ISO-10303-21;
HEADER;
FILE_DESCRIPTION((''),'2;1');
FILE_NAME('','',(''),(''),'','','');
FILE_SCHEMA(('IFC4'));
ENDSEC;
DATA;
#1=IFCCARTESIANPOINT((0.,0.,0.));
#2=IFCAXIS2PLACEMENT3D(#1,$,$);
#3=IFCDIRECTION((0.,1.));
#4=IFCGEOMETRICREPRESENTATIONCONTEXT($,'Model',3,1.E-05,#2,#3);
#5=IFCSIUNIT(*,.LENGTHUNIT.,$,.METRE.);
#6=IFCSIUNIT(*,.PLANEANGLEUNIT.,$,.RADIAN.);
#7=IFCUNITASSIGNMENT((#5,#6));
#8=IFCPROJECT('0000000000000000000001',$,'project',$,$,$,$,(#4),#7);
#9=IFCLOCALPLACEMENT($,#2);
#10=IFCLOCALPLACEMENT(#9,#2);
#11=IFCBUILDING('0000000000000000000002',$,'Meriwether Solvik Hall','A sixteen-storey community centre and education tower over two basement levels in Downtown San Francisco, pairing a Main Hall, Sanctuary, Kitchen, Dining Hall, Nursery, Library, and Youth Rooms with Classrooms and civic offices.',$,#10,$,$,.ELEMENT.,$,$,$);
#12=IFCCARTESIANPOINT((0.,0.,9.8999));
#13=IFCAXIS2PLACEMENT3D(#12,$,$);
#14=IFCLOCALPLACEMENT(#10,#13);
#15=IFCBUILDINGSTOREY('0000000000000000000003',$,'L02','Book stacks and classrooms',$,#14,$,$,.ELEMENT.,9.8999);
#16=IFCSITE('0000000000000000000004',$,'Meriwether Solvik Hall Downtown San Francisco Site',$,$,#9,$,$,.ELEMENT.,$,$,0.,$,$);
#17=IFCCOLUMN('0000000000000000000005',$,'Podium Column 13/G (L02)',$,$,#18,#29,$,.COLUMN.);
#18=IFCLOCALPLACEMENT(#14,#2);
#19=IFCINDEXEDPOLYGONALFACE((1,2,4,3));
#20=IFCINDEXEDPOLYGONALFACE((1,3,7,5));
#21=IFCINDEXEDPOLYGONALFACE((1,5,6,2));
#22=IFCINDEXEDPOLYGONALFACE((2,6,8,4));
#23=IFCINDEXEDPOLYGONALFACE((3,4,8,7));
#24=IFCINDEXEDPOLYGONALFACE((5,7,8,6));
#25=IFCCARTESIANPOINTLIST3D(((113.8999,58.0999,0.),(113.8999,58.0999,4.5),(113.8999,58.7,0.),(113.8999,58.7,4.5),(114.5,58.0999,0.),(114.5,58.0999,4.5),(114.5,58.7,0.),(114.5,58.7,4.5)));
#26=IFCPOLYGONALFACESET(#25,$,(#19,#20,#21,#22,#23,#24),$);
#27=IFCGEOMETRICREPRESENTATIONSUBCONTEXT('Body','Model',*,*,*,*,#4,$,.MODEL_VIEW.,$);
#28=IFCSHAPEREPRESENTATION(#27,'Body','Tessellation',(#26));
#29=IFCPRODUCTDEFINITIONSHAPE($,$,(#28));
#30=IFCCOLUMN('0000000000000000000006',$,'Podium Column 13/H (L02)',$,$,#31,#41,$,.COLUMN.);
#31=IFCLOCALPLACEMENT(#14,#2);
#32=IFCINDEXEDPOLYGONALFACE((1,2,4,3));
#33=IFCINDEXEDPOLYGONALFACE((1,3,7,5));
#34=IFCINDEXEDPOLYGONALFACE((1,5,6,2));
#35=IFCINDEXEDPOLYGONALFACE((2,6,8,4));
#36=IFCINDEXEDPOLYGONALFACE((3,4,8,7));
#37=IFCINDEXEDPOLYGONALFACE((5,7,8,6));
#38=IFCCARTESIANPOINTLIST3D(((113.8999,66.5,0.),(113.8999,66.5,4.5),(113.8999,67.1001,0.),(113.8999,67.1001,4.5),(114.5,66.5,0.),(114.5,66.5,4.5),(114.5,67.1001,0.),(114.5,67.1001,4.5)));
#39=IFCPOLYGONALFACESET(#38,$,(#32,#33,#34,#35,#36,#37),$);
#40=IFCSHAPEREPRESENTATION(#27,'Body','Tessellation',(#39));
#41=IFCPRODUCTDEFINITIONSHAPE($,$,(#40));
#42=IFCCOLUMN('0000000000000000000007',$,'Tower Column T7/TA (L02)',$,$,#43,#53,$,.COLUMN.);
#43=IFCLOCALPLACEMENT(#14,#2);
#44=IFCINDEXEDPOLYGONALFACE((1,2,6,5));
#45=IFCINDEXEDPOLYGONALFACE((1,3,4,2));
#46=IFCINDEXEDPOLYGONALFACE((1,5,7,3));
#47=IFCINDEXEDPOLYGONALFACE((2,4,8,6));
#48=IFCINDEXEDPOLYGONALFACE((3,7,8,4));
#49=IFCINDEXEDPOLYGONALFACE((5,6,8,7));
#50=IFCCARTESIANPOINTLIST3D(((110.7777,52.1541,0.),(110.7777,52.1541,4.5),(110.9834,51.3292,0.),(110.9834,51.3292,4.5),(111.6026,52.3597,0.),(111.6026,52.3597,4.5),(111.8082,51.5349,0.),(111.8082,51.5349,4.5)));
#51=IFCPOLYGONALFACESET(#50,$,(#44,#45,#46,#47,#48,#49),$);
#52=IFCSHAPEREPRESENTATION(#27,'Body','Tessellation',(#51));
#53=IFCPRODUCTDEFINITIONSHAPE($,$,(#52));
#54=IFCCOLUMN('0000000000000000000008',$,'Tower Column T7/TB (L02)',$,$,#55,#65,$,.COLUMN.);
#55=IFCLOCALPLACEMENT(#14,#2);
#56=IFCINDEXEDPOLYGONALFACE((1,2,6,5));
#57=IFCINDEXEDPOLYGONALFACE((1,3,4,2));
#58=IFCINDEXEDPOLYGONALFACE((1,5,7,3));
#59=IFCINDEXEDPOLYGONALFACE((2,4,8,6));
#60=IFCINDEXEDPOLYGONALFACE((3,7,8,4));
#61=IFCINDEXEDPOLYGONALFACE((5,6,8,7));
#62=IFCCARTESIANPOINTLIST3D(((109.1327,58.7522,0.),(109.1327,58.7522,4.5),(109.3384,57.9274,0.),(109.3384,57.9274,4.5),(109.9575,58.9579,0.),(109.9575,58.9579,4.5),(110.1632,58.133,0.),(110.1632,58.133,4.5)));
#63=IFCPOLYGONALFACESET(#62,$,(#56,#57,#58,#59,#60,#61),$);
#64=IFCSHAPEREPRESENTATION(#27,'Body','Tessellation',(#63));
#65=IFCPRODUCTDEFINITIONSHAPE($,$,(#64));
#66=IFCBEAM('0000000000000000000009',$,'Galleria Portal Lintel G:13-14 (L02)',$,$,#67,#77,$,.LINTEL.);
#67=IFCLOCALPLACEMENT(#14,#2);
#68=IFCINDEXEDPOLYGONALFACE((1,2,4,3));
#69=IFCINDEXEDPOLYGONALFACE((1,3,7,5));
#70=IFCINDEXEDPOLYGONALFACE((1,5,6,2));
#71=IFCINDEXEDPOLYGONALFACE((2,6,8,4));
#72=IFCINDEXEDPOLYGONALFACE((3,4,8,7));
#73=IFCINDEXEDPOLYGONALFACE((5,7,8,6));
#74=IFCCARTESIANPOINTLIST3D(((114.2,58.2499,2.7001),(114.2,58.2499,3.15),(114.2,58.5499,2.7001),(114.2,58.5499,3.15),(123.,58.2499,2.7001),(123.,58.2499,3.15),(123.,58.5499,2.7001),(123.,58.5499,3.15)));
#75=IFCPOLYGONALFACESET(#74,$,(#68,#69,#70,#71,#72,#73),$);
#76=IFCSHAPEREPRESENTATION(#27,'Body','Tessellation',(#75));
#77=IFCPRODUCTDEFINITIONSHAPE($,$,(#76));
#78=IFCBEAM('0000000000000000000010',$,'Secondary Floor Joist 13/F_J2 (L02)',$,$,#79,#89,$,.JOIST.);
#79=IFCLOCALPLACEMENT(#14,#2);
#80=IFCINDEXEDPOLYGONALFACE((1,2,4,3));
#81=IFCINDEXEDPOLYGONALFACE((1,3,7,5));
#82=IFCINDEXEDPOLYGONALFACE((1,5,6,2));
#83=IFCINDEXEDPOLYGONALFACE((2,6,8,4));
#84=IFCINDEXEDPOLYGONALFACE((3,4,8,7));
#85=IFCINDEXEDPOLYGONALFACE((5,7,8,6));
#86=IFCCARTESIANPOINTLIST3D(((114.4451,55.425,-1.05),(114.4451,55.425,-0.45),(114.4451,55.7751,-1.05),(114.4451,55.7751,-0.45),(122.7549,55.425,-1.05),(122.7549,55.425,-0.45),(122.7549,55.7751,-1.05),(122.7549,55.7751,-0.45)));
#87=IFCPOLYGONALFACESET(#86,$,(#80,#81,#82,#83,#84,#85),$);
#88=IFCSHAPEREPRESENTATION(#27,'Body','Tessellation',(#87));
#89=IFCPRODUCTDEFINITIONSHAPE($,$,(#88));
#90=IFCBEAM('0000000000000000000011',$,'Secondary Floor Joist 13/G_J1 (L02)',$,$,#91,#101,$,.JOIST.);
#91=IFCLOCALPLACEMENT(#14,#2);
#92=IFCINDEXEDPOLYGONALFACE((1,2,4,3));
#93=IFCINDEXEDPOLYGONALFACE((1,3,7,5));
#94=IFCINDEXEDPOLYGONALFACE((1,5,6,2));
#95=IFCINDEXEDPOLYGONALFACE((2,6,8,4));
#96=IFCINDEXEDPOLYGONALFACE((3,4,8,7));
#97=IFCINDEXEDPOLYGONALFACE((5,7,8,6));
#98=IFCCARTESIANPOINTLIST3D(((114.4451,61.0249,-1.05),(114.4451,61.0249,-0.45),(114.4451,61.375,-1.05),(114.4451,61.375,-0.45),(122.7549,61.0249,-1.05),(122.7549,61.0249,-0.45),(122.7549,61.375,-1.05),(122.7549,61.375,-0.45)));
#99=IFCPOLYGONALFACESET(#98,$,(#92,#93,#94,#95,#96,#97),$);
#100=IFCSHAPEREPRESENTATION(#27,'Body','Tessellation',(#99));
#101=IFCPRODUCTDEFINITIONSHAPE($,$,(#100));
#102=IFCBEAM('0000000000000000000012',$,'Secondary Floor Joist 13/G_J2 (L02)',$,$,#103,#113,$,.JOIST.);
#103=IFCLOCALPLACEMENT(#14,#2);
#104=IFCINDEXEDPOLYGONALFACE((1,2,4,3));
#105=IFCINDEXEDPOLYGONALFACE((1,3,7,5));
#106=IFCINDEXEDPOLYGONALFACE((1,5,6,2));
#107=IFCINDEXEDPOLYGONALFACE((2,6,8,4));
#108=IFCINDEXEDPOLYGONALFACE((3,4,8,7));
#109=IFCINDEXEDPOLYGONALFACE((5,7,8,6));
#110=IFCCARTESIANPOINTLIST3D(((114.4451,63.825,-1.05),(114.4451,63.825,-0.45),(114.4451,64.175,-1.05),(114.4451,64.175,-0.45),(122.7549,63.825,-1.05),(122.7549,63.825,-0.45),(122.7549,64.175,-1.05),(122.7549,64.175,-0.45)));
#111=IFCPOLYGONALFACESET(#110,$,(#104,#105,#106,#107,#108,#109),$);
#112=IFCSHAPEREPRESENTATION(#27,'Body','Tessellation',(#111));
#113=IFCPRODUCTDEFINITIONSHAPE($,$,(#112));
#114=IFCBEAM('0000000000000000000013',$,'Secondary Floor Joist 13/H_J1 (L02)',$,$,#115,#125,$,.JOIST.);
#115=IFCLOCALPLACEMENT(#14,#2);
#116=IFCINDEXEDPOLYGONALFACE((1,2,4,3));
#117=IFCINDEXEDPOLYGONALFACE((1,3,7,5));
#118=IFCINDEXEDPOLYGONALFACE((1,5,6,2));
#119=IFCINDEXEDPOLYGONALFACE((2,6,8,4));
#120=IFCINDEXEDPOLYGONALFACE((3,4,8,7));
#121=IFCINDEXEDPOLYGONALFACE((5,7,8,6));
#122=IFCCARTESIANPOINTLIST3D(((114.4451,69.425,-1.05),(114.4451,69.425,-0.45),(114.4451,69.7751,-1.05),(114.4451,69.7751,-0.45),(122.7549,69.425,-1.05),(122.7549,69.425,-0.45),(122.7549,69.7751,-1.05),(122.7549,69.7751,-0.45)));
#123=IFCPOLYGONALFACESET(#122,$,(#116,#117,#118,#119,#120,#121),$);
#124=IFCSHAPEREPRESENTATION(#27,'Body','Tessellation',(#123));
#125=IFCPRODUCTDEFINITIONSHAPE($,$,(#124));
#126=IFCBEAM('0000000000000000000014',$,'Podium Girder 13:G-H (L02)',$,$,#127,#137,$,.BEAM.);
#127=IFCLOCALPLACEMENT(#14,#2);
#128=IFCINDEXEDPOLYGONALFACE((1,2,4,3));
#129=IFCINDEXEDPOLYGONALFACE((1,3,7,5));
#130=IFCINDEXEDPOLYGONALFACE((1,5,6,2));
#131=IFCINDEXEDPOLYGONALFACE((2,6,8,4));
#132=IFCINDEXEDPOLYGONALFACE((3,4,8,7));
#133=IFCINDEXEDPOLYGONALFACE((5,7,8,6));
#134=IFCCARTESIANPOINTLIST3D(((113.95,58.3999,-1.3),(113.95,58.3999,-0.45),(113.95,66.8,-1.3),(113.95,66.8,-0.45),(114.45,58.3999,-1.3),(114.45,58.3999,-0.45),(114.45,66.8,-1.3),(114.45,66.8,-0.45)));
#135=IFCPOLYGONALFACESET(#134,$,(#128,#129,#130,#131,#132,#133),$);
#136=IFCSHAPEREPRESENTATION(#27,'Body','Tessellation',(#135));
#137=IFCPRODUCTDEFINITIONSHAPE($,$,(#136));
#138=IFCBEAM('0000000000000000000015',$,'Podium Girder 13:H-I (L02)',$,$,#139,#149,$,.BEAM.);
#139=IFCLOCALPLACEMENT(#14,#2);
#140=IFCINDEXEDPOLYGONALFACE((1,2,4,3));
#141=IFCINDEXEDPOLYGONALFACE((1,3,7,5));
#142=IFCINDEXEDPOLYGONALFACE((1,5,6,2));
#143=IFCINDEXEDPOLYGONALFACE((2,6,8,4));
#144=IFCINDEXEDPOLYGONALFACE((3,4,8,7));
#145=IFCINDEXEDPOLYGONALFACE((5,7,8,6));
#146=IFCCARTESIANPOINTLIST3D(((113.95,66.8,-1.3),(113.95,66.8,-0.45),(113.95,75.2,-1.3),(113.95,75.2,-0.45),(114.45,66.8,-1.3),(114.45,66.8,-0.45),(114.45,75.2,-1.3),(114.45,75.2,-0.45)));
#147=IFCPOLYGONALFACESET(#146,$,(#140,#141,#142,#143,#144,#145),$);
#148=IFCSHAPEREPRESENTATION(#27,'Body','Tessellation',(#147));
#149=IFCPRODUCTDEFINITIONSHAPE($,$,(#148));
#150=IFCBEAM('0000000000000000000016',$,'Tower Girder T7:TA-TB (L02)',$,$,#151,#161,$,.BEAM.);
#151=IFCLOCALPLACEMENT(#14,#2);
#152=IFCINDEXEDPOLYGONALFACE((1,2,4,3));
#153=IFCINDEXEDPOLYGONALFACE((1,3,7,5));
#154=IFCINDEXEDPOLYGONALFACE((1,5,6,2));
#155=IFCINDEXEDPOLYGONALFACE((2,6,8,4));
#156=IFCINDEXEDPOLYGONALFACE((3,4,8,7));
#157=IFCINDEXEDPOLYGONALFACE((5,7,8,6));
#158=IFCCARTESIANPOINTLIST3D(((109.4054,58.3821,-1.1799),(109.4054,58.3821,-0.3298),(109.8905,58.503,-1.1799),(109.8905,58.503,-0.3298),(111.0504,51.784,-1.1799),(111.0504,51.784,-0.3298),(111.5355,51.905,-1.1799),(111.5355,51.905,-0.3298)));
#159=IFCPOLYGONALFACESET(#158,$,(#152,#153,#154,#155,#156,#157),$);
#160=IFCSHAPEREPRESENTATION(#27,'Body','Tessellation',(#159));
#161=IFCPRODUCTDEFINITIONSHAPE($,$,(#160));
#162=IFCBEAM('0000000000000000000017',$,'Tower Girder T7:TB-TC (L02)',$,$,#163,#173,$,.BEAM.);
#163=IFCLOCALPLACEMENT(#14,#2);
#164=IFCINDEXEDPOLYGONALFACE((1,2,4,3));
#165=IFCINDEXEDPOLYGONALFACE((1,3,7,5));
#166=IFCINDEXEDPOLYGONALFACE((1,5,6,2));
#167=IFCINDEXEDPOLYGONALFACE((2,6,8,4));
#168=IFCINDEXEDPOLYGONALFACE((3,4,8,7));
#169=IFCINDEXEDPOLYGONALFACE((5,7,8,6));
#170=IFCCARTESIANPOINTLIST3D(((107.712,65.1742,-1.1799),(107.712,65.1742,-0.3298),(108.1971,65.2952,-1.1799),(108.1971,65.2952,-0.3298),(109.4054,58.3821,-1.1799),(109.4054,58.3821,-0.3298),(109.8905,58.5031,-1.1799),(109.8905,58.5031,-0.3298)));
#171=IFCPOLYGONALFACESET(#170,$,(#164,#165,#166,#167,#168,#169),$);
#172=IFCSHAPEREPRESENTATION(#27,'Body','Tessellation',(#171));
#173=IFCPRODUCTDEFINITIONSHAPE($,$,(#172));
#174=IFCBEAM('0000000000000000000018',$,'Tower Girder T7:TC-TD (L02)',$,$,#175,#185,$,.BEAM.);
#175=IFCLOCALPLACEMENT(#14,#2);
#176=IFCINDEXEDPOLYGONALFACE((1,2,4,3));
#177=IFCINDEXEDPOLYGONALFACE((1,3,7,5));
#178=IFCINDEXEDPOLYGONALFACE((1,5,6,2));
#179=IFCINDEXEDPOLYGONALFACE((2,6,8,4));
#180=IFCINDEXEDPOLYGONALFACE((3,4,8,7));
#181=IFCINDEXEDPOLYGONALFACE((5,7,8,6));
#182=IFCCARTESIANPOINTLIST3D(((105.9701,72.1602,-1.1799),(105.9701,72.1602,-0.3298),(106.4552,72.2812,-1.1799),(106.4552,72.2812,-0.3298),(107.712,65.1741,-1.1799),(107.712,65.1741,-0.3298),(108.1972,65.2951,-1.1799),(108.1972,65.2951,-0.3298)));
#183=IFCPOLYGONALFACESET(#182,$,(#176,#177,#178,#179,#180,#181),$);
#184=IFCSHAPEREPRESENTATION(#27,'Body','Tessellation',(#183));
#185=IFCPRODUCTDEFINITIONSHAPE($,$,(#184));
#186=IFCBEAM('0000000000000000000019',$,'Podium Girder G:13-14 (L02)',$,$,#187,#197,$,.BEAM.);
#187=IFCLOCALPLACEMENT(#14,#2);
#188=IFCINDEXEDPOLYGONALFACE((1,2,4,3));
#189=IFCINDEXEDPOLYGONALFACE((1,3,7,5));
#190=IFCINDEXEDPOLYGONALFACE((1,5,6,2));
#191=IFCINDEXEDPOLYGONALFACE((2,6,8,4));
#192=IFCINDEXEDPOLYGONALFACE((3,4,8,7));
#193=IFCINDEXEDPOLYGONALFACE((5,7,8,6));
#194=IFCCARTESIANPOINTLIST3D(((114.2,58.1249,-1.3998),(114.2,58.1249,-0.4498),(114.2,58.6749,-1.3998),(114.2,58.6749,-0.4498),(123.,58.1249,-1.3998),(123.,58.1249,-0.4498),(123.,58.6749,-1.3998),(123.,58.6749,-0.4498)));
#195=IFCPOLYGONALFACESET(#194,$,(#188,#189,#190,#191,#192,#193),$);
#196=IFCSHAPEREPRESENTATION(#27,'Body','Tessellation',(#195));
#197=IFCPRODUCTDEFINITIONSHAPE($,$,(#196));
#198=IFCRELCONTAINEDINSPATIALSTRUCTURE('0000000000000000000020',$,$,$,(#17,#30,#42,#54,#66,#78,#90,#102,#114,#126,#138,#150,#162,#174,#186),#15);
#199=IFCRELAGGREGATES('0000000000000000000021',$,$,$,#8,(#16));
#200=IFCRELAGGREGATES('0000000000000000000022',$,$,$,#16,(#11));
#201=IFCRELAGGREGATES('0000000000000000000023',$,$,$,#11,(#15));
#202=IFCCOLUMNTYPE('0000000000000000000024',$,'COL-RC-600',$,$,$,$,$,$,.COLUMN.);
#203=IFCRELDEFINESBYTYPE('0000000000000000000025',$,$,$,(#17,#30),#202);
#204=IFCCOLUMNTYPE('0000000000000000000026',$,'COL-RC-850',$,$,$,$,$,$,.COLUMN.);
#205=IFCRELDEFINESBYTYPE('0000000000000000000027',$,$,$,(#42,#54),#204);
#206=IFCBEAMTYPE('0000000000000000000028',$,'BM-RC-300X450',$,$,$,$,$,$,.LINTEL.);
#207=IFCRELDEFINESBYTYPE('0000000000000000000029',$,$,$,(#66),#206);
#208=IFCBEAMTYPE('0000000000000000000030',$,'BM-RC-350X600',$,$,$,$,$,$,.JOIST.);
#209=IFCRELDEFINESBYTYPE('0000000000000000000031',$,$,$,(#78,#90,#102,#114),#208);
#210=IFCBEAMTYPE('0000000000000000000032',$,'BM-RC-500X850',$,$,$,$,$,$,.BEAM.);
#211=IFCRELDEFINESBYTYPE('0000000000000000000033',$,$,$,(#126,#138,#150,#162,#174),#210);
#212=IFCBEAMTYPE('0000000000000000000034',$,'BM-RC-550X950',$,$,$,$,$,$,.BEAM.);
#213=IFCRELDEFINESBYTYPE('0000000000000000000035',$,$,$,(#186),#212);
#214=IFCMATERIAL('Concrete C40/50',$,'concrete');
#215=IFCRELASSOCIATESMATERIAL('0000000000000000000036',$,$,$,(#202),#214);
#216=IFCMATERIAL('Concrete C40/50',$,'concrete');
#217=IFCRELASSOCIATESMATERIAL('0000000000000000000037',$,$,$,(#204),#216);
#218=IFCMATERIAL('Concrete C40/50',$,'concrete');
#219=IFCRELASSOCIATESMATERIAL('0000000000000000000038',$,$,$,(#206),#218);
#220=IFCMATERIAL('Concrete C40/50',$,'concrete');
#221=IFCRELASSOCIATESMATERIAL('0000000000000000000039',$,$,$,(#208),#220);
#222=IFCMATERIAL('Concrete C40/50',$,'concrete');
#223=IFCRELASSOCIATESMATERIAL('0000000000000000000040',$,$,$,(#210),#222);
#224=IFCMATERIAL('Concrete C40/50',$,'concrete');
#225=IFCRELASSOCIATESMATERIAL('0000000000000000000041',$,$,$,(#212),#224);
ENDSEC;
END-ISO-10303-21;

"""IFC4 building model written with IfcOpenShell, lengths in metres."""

from ifc_helpers import new_model, si_unit, direction, frame, origin, origin_2d, place, context, subcontext, project, spatial, rectangle, extrude, material, material_profile, profile_set, type_object, element, save


model = new_model("IFC4")

# Units and contexts
model_context = context("Model", 3, precision=1e-05, world=origin(), true_north=direction((0.0, 1.0)))
body_context = subcontext(model_context, "Body", "Model", "MODEL_VIEW")
ifc_project = project(units=[si_unit("LENGTHUNIT", "METRE"), si_unit("PLANEANGLEUNIT", "RADIAN")], contexts=[model_context])

# Site, building, storey
site_placement = place(None, origin())
site = spatial("IfcSite", under=ifc_project, at=site_placement, Name="Meriwether Solvik Hall Downtown San Francisco Site", CompositionType="ELEMENT", RefElevation=0.0)
building_placement = place(site_placement, origin())
building = spatial("IfcBuilding", under=site, at=building_placement, Name="Meriwether Solvik Hall", Description="A sixteen-storey community centre and education tower over two basement levels in Downtown San Francisco, pairing a Main Hall, Sanctuary, Kitchen, Dining Hall, Nursery, Library, and Youth Rooms with Classrooms and civic offices.", CompositionType="ELEMENT")
storey_placement = place(building_placement, frame((0.0, 0.0, 9.8999)))
storey = spatial("IfcBuildingStorey", under=building, at=storey_placement, Name="L02", Description="Book stacks and classrooms", CompositionType="ELEMENT", Elevation=9.8999)

# Columns
ifc_material_1 = material(Name="Concrete C40/50", Category="concrete")
ifc_material_profile_1 = material_profile(ifc_material_1, rectangle(XDim=0.6001, YDim=0.6001, at=origin_2d()), Name="RCC-600X600")
ifc_profile_set_1 = profile_set([ifc_material_profile_1], Name="Concrete C40/50")
column_type_1 = type_object("IfcColumnType", Name="COL-RC-600", PredefinedType="COLUMN", material=ifc_profile_set_1)
for number, where, z_axis, x_axis, name in (
    (1, (114.2, 58.3999, 0.0), (0.0, 0.0, 1.0), (1.0, 0.0, 0.0), "Podium Column 13/G (L02)"),
    (2, (114.2, 66.8, 0.0), (0.0, 0.0, 1.0), (1.0, 0.0, 0.0), "Podium Column 13/H (L02)"),
):
    element("IfcColumn", number, at=place(storey_placement, frame(where, z_axis=z_axis, x_axis=x_axis)), inside=storey, type_object=column_type_1, Name=name, PredefinedType="COLUMN", context=body_context, shape_type="SweptSolid", body=[
        extrude(rectangle(XDim=0.6001, YDim=0.6001, at=origin_2d()), origin(), (0.0, 0.0, 1.0), 4.5),
    ])
ifc_material_2 = material(Name="Concrete C40/50", Category="concrete")
ifc_material_profile_2 = material_profile(ifc_material_2, rectangle(XDim=0.8501, YDim=0.8501, at=origin_2d()), Name="RCC-850X850")
ifc_profile_set_2 = profile_set([ifc_material_profile_2], Name="Concrete C40/50")
column_type_2 = type_object("IfcColumnType", Name="COL-RC-850", PredefinedType="COLUMN", material=ifc_profile_set_2)
for number, where, z_axis, x_axis, name in (
    (3, (111.293, 51.8445, 0.0), (0.0, 0.0, 1.0), (0.970296, 0.241922, 0.0), "Tower Column T7/TA (L02)"),
    (4, (109.6479, 58.4426, 0.0), (0.0, 0.0, 1.0), (0.970296, 0.241922, 0.0), "Tower Column T7/TB (L02)"),
):
    element("IfcColumn", number, at=place(storey_placement, frame(where, z_axis=z_axis, x_axis=x_axis)), inside=storey, type_object=column_type_2, Name=name, PredefinedType="COLUMN", context=body_context, shape_type="SweptSolid", body=[
        extrude(rectangle(XDim=0.8501, YDim=0.8501, at=origin_2d()), origin(), (0.0, 0.0, 1.0), 4.5),
    ])

# Beams
ifc_material_3 = material(Name="Concrete C40/50", Category="concrete")
ifc_material_profile_3 = material_profile(ifc_material_3, rectangle(XDim=0.3, YDim=0.45, at=origin_2d()), Name="RCB-300X450")
ifc_profile_set_3 = profile_set([ifc_material_profile_3], Name="Concrete C40/50")
beam_type_1 = type_object("IfcBeamType", Name="BM-RC-300X450", PredefinedType="LINTEL", material=ifc_profile_set_3)
beam_1_placement = place(storey_placement, frame((114.2, 58.3999, 2.925), z_axis=(1.0, 0.0, 0.0), x_axis=(0.0, 1.0, 0.0)))
element("IfcBeam", 5, at=beam_1_placement, inside=storey, type_object=beam_type_1, Name="Galleria Portal Lintel G:13-14 (L02)", PredefinedType="LINTEL", context=body_context, shape_type="SweptSolid", body=[
    extrude(rectangle(XDim=0.3, YDim=0.45, at=origin_2d()), origin(), (0.0, 0.0, 1.0), 8.8),
])
ifc_material_4 = material(Name="Concrete C40/50", Category="concrete")
ifc_material_profile_4 = material_profile(ifc_material_4, rectangle(XDim=0.3501, YDim=0.6001, at=origin_2d()), Name="RCB-350X600")
ifc_profile_set_4 = profile_set([ifc_material_profile_4], Name="Concrete C40/50")
beam_type_2 = type_object("IfcBeamType", Name="BM-RC-350X600", PredefinedType="JOIST", material=ifc_profile_set_4)
for number, where, z_axis, x_axis, name in (
    (6, (114.4451, 55.6001, -0.75), (1.0, 0.0, 0.0), (0.0, 1.0, 0.0), "Secondary Floor Joist 13/F_J2 (L02)"),
    (7, (114.4451, 61.2, -0.75), (1.0, 0.0, 0.0), (0.0, 1.0, 0.0), "Secondary Floor Joist 13/G_J1 (L02)"),
    (8, (114.4451, 64.0, -0.75), (1.0, 0.0, 0.0), (0.0, 1.0, 0.0), "Secondary Floor Joist 13/G_J2 (L02)"),
    (9, (114.4451, 69.6001, -0.75), (1.0, 0.0, 0.0), (0.0, 1.0, 0.0), "Secondary Floor Joist 13/H_J1 (L02)"),
):
    element("IfcBeam", number, at=place(storey_placement, frame(where, z_axis=z_axis, x_axis=x_axis)), inside=storey, type_object=beam_type_2, Name=name, PredefinedType="JOIST", context=body_context, shape_type="SweptSolid", body=[
        extrude(rectangle(XDim=0.3501, YDim=0.6001, at=origin_2d()), origin(), (0.0, 0.0, 1.0), 8.3098),
    ])
ifc_material_5 = material(Name="Concrete C40/50", Category="concrete")
ifc_material_profile_5 = material_profile(ifc_material_5, rectangle(XDim=0.5, YDim=0.8501, at=origin_2d()), Name="RCB-500X850")
ifc_profile_set_5 = profile_set([ifc_material_profile_5], Name="Concrete C40/50")
beam_type_3 = type_object("IfcBeamType", Name="BM-RC-500X850", PredefinedType="BEAM", material=ifc_profile_set_5)
beam_2_placement = place(storey_placement, frame((114.2, 58.3999, -0.875), z_axis=(0.0, 1.0, 0.0), x_axis=(-1.0, 0.0, 0.0)))
element("IfcBeam", 10, at=beam_2_placement, inside=storey, type_object=beam_type_3, Name="Podium Girder 13:G-H (L02)", PredefinedType="BEAM", context=body_context, shape_type="SweptSolid", body=[
    extrude(rectangle(XDim=0.5, YDim=0.8501, at=origin_2d()), origin(), (0.0, 0.0, 1.0), 8.4001),
])
beam_3_placement = place(storey_placement, frame((114.2, 66.8, -0.875), z_axis=(0.0, 1.0, 0.0), x_axis=(-1.0, 0.0, 0.0)))
element("IfcBeam", 11, at=beam_3_placement, inside=storey, type_object=beam_type_3, Name="Podium Girder 13:H-I (L02)", PredefinedType="BEAM", context=body_context, shape_type="SweptSolid", body=[
    extrude(rectangle(XDim=0.5, YDim=0.8501, at=origin_2d()), origin(), (0.0, 0.0, 1.0), 8.3999),
])
beam_4_placement = place(storey_placement, frame((111.293, 51.8445, -0.7549), z_axis=(-0.24191, 0.970299, 0.0), x_axis=(-0.970299, -0.24191, 0.0)))
element("IfcBeam", 12, at=beam_4_placement, inside=storey, type_object=beam_type_3, Name="Tower Girder T7:TA-TB (L02)", PredefinedType="BEAM", context=body_context, shape_type="SweptSolid", body=[
    extrude(rectangle(XDim=0.5, YDim=0.8501, at=origin_2d()), origin(), (0.0, 0.0, 1.0), 6.8),
])
beam_5_placement = place(storey_placement, frame((109.6479, 58.4426, -0.7549), z_axis=(-0.241912, 0.970298, 0.0), x_axis=(-0.970298, -0.241912, 0.0)))
element("IfcBeam", 13, at=beam_5_placement, inside=storey, type_object=beam_type_3, Name="Tower Girder T7:TB-TC (L02)", PredefinedType="BEAM", context=body_context, shape_type="SweptSolid", body=[
    extrude(rectangle(XDim=0.5, YDim=0.8501, at=origin_2d()), origin(), (0.0, 0.0, 1.0), 7.0),
])
beam_6_placement = place(storey_placement, frame((107.9546, 65.2346, -0.7549), z_axis=(-0.241937, 0.970292, 0.0), x_axis=(-0.970292, -0.241937, 0.0)))
element("IfcBeam", 14, at=beam_6_placement, inside=storey, type_object=beam_type_3, Name="Tower Girder T7:TC-TD (L02)", PredefinedType="BEAM", context=body_context, shape_type="SweptSolid", body=[
    extrude(rectangle(XDim=0.5, YDim=0.8501, at=origin_2d()), origin(), (0.0, 0.0, 1.0), 7.2),
])
ifc_material_6 = material(Name="Concrete C40/50", Category="concrete")
ifc_material_profile_6 = material_profile(ifc_material_6, rectangle(XDim=0.55, YDim=0.95, at=origin_2d()), Name="RCB-550X950")
ifc_profile_set_6 = profile_set([ifc_material_profile_6], Name="Concrete C40/50")
beam_type_4 = type_object("IfcBeamType", Name="BM-RC-550X950", PredefinedType="BEAM", material=ifc_profile_set_6)
for number, where, z_axis, x_axis, name in (
    (15, (114.2, 58.3999, -0.9248), (1.0, 0.0, 0.0), (0.0, 1.0, 0.0), "Podium Girder G:13-14 (L02)"),
):
    element("IfcBeam", number, at=place(storey_placement, frame(where, z_axis=z_axis, x_axis=x_axis)), inside=storey, type_object=beam_type_4, Name=name, PredefinedType="BEAM", context=body_context, shape_type="SweptSolid", body=[
        extrude(rectangle(XDim=0.55, YDim=0.95, at=origin_2d()), origin(), (0.0, 0.0, 1.0), 8.8),
    ])

save(model, "model.ifc")
